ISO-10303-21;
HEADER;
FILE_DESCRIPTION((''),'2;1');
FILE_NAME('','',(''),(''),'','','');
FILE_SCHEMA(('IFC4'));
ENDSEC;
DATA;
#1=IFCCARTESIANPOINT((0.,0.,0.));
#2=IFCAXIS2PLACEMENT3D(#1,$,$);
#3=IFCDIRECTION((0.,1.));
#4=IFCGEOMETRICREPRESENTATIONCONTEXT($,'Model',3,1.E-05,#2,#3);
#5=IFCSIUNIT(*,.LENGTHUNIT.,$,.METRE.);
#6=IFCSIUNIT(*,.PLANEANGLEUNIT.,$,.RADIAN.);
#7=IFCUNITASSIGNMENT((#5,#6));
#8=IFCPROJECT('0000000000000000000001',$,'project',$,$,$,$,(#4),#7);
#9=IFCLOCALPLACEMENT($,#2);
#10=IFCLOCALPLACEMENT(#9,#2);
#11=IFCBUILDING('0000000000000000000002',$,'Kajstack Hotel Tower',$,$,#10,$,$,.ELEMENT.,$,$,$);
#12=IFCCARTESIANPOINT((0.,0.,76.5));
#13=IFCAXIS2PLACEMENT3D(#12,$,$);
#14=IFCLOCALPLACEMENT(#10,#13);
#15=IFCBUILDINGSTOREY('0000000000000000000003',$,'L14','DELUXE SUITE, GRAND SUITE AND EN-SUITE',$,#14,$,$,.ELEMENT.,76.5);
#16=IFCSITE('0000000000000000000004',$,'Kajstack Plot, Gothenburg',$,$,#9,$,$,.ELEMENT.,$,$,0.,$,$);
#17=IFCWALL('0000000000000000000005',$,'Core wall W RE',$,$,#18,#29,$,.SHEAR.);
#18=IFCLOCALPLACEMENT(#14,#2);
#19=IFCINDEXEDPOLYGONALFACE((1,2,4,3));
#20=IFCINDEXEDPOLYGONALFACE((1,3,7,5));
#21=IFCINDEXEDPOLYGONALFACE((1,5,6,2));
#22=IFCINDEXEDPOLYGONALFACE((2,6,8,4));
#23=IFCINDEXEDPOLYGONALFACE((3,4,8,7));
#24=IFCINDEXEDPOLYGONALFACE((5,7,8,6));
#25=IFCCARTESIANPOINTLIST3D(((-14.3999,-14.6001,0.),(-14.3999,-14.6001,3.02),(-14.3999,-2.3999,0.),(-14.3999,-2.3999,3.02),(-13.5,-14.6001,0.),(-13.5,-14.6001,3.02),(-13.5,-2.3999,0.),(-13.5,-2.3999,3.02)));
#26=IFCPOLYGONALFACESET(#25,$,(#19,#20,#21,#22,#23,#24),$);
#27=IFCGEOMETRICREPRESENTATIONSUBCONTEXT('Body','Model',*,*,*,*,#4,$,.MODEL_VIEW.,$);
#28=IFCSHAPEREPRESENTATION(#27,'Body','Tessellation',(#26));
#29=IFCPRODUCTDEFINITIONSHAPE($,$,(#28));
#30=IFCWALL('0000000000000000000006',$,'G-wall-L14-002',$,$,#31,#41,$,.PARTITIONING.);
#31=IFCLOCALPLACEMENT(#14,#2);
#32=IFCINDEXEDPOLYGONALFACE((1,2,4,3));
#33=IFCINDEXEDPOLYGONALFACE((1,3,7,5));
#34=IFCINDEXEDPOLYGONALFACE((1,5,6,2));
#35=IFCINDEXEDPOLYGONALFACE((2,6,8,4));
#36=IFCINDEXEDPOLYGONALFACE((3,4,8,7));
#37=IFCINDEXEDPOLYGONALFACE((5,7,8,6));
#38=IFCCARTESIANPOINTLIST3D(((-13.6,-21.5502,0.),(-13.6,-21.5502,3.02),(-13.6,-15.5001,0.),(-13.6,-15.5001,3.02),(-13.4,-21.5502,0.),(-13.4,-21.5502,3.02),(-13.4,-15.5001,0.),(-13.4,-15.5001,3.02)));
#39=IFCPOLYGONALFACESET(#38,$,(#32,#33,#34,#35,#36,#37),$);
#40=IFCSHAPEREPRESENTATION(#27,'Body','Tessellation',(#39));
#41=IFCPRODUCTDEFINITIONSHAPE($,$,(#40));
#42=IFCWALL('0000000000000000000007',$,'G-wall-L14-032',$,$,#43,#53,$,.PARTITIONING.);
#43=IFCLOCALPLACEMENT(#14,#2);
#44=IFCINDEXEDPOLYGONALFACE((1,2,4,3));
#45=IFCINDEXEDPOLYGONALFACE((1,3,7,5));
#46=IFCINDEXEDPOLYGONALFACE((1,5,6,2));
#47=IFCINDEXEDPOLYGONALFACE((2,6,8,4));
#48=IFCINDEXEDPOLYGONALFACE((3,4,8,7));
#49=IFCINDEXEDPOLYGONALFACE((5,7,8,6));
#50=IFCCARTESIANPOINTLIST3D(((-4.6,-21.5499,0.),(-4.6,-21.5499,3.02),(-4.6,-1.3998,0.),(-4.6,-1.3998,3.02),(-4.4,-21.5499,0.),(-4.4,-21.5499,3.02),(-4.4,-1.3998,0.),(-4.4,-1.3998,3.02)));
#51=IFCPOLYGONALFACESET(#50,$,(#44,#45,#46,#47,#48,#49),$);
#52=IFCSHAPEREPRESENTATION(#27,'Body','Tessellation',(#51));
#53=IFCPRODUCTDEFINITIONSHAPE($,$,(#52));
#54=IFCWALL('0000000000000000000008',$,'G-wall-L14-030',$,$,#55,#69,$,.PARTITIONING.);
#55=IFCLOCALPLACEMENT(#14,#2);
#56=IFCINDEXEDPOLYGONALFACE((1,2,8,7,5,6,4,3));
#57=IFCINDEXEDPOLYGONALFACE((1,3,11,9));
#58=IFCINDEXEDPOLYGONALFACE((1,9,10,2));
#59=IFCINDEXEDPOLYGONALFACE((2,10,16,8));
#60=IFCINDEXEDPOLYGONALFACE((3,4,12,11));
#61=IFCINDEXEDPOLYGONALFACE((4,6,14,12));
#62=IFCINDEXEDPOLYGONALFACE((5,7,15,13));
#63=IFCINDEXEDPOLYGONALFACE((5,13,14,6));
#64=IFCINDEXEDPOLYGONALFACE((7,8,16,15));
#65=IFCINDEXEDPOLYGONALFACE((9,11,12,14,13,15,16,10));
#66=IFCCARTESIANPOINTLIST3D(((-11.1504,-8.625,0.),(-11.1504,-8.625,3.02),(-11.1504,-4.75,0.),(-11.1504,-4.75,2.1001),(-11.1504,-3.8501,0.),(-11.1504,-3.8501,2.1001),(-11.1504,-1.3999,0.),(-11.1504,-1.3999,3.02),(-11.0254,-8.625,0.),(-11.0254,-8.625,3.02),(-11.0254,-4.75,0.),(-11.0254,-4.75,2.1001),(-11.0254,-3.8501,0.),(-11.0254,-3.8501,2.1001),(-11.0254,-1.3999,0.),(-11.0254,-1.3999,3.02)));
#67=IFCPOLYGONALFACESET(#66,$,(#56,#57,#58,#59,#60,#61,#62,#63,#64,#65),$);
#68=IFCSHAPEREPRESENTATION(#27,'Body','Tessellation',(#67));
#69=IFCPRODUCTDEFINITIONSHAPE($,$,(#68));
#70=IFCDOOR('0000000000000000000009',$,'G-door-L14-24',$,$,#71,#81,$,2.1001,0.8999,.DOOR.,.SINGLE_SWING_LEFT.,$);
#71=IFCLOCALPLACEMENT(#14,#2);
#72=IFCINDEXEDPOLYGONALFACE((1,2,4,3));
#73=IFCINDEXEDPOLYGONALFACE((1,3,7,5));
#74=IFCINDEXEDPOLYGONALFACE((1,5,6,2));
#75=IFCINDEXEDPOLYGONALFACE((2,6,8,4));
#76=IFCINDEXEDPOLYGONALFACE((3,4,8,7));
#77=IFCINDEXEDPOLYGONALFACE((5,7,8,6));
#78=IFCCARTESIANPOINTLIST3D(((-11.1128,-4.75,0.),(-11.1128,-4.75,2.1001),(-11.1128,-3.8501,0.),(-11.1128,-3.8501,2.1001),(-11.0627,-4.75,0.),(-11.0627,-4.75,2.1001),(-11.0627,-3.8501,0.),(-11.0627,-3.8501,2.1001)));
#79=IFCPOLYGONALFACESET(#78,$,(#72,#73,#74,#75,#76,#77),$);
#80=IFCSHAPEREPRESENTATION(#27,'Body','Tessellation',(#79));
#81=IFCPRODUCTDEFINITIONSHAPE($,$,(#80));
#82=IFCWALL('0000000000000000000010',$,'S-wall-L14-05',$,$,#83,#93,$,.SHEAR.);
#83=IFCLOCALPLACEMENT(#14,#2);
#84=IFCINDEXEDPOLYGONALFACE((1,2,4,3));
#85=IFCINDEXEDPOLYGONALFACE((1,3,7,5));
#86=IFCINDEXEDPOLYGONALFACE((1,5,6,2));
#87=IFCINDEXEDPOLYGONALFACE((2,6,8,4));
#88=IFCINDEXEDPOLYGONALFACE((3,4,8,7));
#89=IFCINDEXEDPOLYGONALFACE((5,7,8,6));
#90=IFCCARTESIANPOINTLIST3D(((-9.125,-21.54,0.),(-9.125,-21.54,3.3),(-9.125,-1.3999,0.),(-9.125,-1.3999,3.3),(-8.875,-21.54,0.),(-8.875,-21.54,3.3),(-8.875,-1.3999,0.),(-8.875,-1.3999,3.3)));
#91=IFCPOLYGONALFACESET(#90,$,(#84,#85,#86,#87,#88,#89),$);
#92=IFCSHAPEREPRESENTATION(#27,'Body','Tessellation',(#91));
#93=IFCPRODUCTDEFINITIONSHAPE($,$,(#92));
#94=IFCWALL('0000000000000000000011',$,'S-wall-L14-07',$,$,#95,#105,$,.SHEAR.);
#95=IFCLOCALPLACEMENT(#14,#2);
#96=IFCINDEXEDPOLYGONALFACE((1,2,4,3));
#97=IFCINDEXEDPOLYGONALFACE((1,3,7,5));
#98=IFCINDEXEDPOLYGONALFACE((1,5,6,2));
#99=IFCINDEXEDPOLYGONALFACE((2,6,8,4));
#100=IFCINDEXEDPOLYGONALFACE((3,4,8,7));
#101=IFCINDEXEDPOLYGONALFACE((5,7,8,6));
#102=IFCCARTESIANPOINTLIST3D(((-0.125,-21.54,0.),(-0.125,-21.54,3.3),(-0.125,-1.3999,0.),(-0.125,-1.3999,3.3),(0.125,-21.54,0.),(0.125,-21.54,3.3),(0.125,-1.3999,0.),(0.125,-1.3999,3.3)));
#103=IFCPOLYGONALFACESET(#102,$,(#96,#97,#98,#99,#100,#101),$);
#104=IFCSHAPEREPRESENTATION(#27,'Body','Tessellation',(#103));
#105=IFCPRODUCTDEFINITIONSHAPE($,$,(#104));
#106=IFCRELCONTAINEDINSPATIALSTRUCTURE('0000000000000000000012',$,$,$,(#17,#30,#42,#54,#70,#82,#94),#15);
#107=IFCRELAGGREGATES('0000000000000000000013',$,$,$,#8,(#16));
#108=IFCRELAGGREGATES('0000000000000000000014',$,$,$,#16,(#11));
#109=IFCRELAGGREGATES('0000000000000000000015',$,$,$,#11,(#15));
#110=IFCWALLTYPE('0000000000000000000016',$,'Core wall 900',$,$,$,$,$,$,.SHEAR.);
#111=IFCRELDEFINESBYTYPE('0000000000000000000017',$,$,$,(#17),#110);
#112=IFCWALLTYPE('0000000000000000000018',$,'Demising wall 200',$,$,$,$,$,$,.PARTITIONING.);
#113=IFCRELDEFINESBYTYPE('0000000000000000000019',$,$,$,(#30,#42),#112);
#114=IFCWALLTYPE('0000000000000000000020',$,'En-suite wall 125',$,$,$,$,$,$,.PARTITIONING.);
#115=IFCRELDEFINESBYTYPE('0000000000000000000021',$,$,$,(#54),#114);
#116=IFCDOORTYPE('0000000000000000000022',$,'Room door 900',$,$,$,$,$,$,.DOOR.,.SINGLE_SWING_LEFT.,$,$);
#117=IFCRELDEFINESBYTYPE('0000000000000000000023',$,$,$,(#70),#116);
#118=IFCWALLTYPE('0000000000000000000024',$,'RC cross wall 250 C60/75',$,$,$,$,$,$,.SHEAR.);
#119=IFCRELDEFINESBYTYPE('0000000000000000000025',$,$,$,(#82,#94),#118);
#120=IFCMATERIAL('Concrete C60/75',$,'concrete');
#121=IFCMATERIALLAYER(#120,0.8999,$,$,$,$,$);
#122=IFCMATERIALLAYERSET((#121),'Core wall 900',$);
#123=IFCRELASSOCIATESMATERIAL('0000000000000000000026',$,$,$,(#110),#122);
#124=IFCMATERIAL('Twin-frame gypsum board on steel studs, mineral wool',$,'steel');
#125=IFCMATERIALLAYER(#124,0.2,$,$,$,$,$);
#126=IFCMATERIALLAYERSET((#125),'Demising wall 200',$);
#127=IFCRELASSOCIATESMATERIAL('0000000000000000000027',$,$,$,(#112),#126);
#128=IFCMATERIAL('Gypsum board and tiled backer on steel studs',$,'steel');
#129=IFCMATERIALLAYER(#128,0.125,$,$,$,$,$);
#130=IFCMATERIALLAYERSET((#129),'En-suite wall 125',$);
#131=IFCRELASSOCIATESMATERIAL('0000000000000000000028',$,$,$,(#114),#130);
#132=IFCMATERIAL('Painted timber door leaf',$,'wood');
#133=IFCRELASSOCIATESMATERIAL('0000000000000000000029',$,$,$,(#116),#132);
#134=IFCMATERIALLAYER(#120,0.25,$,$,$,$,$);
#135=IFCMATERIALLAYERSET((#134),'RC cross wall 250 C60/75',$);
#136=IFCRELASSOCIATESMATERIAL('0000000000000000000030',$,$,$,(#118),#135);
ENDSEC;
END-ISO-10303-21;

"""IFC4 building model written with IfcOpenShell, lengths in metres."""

from ifc_helpers import new_model, si_unit, direction, frame, frame_2d, origin, place, context, subcontext, project, spatial, rectangle, extrude, material, layer, layer_set, type_object, element, fill, save


model = new_model("IFC4")

# Units and contexts
model_context = context("Model", 3, precision=1e-05, world=origin(), true_north=direction((0.0, 1.0)))
body_context = subcontext(model_context, "Body", "Model", "MODEL_VIEW")
ifc_project = project(units=[si_unit("LENGTHUNIT", "METRE"), si_unit("PLANEANGLEUNIT", "RADIAN")], contexts=[model_context])

# Site, building, storey
site_placement = place(None, origin())
site = spatial("IfcSite", under=ifc_project, at=site_placement, Name="Kajstack Plot, Gothenburg", CompositionType="ELEMENT", RefElevation=0.0)
building_placement = place(site_placement, origin())
building = spatial("IfcBuilding", under=site, at=building_placement, Name="Kajstack Hotel Tower", CompositionType="ELEMENT")
storey_placement = place(building_placement, frame((0.0, 0.0, 76.5)))
storey = spatial("IfcBuildingStorey", under=building, at=storey_placement, Name="L14", Description="DELUXE SUITE, GRAND SUITE AND EN-SUITE", CompositionType="ELEMENT", Elevation=76.5)

# Walls
ifc_material_1 = material(Name="Concrete C60/75", Category="concrete")
ifc_layer_1 = layer(ifc_material_1, 0.8999)
ifc_layer_set_1 = layer_set([ifc_layer_1], Name="Core wall 900")
wall_type_1 = type_object("IfcWallType", Name="Core wall 900", PredefinedType="SHEAR", material=ifc_layer_set_1)
wall_1_placement = place(storey_placement, frame((-13.95, -14.6001, 0.0), z_axis=(0.0, 0.0, 1.0), x_axis=(0.0, 1.0, 0.0)))
element("IfcWall", 1, at=wall_1_placement, inside=storey, type_object=wall_type_1, Name="Core wall W RE", PredefinedType="SHEAR", context=body_context, shape_type="SweptSolid", body=[
    extrude(rectangle(XDim=12.2002, YDim=0.8999, at=frame_2d((6.1001, 0.0))), origin(), (0.0, 0.0, 1.0), 3.02),
])
ifc_material_2 = material(Name="Twin-frame gypsum board on steel studs, mineral wool", Category="steel")
ifc_layer_2 = layer(ifc_material_2, 0.2)
ifc_layer_set_2 = layer_set([ifc_layer_2], Name="Demising wall 200")
wall_type_2 = type_object("IfcWallType", Name="Demising wall 200", PredefinedType="PARTITIONING", material=ifc_layer_set_2)
wall_2_placement = place(storey_placement, frame((-13.5, -21.55, 0.0), z_axis=(0.0, 0.0, 1.0), x_axis=(0.0, 1.0, 0.0)))
element("IfcWall", 2, at=wall_2_placement, inside=storey, type_object=wall_type_2, Name="G-wall-L14-002", PredefinedType="PARTITIONING", context=body_context, shape_type="SweptSolid", body=[
    extrude(rectangle(XDim=6.05, YDim=0.2, at=frame_2d((3.0249, 0.0))), origin(), (0.0, 0.0, 1.0), 3.02),
])
wall_3_placement = place(storey_placement, frame((-4.5, -21.55, 0.0), z_axis=(0.0, 0.0, 1.0), x_axis=(0.0, 1.0, 0.0)))
element("IfcWall", 3, at=wall_3_placement, inside=storey, type_object=wall_type_2, Name="G-wall-L14-032", PredefinedType="PARTITIONING", context=body_context, shape_type="SweptSolid", body=[
    extrude(rectangle(XDim=20.1501, YDim=0.2, at=frame_2d((10.0752, 0.0))), origin(), (0.0, 0.0, 1.0), 3.02),
])

# Wall, opening, door
ifc_material_3 = material(Name="Gypsum board and tiled backer on steel studs", Category="steel")
ifc_layer_3 = layer(ifc_material_3, 0.125)
ifc_layer_set_3 = layer_set([ifc_layer_3], Name="En-suite wall 125")
wall_type_3 = type_object("IfcWallType", Name="En-suite wall 125", PredefinedType="PARTITIONING", material=ifc_layer_set_3)
wall_4_placement = place(storey_placement, frame((-11.0879, -8.625, 0.0), z_axis=(0.0, 0.0, 1.0), x_axis=(0.0, 1.0, 0.0)))
wall_4 = element("IfcWall", 4, at=wall_4_placement, inside=storey, type_object=wall_type_3, Name="G-wall-L14-030", PredefinedType="PARTITIONING", context=body_context, shape_type="SweptSolid", body=[
    extrude(rectangle(XDim=7.2251, YDim=0.125, at=frame_2d((3.6125, 0.0))), origin(), (0.0, 0.0, 1.0), 3.02),
])
opening_1_placement = place(wall_4_placement, frame((3.875, 0.0, 0.0)))
opening_1 = element("IfcOpeningElement", 5, at=opening_1_placement, cuts=wall_4, PredefinedType="OPENING", context=body_context, shape_type="SweptSolid", body=[
    extrude(rectangle(XDim=0.8999, YDim=2.1001, at=frame_2d((0.45, 1.05))), frame((0.0, 0.0725, 0.0), z_axis=(0.0, -1.0, 0.0), x_axis=(1.0, 0.0, 0.0)), (0.0, 0.0, 1.0), 0.145),
])
ifc_material_4 = material(Name="Painted timber door leaf", Category="wood")
door_type = type_object("IfcDoorType", Name="Room door 900", OperationType="SINGLE_SWING_LEFT", PredefinedType="DOOR", material=ifc_material_4)
door_placement = place(opening_1_placement, origin())
door = element("IfcDoor", 6, at=door_placement, inside=storey, type_object=door_type, Name="G-door-L14-24", OperationType="SINGLE_SWING_LEFT", OverallHeight=2.1001, OverallWidth=0.8999, PredefinedType="DOOR", context=body_context, shape_type="SweptSolid", body=[
    extrude(rectangle(XDim=0.8999, YDim=2.1001, at=frame_2d((0.45, 1.05))), frame((0.0, 0.0249, 0.0), z_axis=(0.0, -1.0, 0.0), x_axis=(1.0, 0.0, 0.0)), (0.0, 0.0, 1.0), 0.05),
])
fill(opening_1, door)

# Walls
ifc_layer_4 = layer(ifc_material_1, 0.25)
ifc_layer_set_4 = layer_set([ifc_layer_4], Name="RC cross wall 250 C60/75")
wall_type_4 = type_object("IfcWallType", Name="RC cross wall 250 C60/75", PredefinedType="SHEAR", material=ifc_layer_set_4)
for number, where, z_axis, x_axis, name in (
    (7, (-9.0, -21.54, 0.0), (0.0, 0.0, 1.0), (0.0, 1.0, 0.0), "S-wall-L14-05"),
    (8, (0.0, -21.54, 0.0), (0.0, 0.0, 1.0), (0.0, 1.0, 0.0), "S-wall-L14-07"),
):
    element("IfcWall", number, at=place(storey_placement, frame(where, z_axis=z_axis, x_axis=x_axis)), inside=storey, type_object=wall_type_4, Name=name, PredefinedType="SHEAR", context=body_context, shape_type="SweptSolid", body=[
        extrude(rectangle(XDim=20.1401, YDim=0.25, at=frame_2d((10.0701, 0.0))), origin(), (0.0, 0.0, 1.0), 3.3),
    ])

save(model, "model.ifc")
